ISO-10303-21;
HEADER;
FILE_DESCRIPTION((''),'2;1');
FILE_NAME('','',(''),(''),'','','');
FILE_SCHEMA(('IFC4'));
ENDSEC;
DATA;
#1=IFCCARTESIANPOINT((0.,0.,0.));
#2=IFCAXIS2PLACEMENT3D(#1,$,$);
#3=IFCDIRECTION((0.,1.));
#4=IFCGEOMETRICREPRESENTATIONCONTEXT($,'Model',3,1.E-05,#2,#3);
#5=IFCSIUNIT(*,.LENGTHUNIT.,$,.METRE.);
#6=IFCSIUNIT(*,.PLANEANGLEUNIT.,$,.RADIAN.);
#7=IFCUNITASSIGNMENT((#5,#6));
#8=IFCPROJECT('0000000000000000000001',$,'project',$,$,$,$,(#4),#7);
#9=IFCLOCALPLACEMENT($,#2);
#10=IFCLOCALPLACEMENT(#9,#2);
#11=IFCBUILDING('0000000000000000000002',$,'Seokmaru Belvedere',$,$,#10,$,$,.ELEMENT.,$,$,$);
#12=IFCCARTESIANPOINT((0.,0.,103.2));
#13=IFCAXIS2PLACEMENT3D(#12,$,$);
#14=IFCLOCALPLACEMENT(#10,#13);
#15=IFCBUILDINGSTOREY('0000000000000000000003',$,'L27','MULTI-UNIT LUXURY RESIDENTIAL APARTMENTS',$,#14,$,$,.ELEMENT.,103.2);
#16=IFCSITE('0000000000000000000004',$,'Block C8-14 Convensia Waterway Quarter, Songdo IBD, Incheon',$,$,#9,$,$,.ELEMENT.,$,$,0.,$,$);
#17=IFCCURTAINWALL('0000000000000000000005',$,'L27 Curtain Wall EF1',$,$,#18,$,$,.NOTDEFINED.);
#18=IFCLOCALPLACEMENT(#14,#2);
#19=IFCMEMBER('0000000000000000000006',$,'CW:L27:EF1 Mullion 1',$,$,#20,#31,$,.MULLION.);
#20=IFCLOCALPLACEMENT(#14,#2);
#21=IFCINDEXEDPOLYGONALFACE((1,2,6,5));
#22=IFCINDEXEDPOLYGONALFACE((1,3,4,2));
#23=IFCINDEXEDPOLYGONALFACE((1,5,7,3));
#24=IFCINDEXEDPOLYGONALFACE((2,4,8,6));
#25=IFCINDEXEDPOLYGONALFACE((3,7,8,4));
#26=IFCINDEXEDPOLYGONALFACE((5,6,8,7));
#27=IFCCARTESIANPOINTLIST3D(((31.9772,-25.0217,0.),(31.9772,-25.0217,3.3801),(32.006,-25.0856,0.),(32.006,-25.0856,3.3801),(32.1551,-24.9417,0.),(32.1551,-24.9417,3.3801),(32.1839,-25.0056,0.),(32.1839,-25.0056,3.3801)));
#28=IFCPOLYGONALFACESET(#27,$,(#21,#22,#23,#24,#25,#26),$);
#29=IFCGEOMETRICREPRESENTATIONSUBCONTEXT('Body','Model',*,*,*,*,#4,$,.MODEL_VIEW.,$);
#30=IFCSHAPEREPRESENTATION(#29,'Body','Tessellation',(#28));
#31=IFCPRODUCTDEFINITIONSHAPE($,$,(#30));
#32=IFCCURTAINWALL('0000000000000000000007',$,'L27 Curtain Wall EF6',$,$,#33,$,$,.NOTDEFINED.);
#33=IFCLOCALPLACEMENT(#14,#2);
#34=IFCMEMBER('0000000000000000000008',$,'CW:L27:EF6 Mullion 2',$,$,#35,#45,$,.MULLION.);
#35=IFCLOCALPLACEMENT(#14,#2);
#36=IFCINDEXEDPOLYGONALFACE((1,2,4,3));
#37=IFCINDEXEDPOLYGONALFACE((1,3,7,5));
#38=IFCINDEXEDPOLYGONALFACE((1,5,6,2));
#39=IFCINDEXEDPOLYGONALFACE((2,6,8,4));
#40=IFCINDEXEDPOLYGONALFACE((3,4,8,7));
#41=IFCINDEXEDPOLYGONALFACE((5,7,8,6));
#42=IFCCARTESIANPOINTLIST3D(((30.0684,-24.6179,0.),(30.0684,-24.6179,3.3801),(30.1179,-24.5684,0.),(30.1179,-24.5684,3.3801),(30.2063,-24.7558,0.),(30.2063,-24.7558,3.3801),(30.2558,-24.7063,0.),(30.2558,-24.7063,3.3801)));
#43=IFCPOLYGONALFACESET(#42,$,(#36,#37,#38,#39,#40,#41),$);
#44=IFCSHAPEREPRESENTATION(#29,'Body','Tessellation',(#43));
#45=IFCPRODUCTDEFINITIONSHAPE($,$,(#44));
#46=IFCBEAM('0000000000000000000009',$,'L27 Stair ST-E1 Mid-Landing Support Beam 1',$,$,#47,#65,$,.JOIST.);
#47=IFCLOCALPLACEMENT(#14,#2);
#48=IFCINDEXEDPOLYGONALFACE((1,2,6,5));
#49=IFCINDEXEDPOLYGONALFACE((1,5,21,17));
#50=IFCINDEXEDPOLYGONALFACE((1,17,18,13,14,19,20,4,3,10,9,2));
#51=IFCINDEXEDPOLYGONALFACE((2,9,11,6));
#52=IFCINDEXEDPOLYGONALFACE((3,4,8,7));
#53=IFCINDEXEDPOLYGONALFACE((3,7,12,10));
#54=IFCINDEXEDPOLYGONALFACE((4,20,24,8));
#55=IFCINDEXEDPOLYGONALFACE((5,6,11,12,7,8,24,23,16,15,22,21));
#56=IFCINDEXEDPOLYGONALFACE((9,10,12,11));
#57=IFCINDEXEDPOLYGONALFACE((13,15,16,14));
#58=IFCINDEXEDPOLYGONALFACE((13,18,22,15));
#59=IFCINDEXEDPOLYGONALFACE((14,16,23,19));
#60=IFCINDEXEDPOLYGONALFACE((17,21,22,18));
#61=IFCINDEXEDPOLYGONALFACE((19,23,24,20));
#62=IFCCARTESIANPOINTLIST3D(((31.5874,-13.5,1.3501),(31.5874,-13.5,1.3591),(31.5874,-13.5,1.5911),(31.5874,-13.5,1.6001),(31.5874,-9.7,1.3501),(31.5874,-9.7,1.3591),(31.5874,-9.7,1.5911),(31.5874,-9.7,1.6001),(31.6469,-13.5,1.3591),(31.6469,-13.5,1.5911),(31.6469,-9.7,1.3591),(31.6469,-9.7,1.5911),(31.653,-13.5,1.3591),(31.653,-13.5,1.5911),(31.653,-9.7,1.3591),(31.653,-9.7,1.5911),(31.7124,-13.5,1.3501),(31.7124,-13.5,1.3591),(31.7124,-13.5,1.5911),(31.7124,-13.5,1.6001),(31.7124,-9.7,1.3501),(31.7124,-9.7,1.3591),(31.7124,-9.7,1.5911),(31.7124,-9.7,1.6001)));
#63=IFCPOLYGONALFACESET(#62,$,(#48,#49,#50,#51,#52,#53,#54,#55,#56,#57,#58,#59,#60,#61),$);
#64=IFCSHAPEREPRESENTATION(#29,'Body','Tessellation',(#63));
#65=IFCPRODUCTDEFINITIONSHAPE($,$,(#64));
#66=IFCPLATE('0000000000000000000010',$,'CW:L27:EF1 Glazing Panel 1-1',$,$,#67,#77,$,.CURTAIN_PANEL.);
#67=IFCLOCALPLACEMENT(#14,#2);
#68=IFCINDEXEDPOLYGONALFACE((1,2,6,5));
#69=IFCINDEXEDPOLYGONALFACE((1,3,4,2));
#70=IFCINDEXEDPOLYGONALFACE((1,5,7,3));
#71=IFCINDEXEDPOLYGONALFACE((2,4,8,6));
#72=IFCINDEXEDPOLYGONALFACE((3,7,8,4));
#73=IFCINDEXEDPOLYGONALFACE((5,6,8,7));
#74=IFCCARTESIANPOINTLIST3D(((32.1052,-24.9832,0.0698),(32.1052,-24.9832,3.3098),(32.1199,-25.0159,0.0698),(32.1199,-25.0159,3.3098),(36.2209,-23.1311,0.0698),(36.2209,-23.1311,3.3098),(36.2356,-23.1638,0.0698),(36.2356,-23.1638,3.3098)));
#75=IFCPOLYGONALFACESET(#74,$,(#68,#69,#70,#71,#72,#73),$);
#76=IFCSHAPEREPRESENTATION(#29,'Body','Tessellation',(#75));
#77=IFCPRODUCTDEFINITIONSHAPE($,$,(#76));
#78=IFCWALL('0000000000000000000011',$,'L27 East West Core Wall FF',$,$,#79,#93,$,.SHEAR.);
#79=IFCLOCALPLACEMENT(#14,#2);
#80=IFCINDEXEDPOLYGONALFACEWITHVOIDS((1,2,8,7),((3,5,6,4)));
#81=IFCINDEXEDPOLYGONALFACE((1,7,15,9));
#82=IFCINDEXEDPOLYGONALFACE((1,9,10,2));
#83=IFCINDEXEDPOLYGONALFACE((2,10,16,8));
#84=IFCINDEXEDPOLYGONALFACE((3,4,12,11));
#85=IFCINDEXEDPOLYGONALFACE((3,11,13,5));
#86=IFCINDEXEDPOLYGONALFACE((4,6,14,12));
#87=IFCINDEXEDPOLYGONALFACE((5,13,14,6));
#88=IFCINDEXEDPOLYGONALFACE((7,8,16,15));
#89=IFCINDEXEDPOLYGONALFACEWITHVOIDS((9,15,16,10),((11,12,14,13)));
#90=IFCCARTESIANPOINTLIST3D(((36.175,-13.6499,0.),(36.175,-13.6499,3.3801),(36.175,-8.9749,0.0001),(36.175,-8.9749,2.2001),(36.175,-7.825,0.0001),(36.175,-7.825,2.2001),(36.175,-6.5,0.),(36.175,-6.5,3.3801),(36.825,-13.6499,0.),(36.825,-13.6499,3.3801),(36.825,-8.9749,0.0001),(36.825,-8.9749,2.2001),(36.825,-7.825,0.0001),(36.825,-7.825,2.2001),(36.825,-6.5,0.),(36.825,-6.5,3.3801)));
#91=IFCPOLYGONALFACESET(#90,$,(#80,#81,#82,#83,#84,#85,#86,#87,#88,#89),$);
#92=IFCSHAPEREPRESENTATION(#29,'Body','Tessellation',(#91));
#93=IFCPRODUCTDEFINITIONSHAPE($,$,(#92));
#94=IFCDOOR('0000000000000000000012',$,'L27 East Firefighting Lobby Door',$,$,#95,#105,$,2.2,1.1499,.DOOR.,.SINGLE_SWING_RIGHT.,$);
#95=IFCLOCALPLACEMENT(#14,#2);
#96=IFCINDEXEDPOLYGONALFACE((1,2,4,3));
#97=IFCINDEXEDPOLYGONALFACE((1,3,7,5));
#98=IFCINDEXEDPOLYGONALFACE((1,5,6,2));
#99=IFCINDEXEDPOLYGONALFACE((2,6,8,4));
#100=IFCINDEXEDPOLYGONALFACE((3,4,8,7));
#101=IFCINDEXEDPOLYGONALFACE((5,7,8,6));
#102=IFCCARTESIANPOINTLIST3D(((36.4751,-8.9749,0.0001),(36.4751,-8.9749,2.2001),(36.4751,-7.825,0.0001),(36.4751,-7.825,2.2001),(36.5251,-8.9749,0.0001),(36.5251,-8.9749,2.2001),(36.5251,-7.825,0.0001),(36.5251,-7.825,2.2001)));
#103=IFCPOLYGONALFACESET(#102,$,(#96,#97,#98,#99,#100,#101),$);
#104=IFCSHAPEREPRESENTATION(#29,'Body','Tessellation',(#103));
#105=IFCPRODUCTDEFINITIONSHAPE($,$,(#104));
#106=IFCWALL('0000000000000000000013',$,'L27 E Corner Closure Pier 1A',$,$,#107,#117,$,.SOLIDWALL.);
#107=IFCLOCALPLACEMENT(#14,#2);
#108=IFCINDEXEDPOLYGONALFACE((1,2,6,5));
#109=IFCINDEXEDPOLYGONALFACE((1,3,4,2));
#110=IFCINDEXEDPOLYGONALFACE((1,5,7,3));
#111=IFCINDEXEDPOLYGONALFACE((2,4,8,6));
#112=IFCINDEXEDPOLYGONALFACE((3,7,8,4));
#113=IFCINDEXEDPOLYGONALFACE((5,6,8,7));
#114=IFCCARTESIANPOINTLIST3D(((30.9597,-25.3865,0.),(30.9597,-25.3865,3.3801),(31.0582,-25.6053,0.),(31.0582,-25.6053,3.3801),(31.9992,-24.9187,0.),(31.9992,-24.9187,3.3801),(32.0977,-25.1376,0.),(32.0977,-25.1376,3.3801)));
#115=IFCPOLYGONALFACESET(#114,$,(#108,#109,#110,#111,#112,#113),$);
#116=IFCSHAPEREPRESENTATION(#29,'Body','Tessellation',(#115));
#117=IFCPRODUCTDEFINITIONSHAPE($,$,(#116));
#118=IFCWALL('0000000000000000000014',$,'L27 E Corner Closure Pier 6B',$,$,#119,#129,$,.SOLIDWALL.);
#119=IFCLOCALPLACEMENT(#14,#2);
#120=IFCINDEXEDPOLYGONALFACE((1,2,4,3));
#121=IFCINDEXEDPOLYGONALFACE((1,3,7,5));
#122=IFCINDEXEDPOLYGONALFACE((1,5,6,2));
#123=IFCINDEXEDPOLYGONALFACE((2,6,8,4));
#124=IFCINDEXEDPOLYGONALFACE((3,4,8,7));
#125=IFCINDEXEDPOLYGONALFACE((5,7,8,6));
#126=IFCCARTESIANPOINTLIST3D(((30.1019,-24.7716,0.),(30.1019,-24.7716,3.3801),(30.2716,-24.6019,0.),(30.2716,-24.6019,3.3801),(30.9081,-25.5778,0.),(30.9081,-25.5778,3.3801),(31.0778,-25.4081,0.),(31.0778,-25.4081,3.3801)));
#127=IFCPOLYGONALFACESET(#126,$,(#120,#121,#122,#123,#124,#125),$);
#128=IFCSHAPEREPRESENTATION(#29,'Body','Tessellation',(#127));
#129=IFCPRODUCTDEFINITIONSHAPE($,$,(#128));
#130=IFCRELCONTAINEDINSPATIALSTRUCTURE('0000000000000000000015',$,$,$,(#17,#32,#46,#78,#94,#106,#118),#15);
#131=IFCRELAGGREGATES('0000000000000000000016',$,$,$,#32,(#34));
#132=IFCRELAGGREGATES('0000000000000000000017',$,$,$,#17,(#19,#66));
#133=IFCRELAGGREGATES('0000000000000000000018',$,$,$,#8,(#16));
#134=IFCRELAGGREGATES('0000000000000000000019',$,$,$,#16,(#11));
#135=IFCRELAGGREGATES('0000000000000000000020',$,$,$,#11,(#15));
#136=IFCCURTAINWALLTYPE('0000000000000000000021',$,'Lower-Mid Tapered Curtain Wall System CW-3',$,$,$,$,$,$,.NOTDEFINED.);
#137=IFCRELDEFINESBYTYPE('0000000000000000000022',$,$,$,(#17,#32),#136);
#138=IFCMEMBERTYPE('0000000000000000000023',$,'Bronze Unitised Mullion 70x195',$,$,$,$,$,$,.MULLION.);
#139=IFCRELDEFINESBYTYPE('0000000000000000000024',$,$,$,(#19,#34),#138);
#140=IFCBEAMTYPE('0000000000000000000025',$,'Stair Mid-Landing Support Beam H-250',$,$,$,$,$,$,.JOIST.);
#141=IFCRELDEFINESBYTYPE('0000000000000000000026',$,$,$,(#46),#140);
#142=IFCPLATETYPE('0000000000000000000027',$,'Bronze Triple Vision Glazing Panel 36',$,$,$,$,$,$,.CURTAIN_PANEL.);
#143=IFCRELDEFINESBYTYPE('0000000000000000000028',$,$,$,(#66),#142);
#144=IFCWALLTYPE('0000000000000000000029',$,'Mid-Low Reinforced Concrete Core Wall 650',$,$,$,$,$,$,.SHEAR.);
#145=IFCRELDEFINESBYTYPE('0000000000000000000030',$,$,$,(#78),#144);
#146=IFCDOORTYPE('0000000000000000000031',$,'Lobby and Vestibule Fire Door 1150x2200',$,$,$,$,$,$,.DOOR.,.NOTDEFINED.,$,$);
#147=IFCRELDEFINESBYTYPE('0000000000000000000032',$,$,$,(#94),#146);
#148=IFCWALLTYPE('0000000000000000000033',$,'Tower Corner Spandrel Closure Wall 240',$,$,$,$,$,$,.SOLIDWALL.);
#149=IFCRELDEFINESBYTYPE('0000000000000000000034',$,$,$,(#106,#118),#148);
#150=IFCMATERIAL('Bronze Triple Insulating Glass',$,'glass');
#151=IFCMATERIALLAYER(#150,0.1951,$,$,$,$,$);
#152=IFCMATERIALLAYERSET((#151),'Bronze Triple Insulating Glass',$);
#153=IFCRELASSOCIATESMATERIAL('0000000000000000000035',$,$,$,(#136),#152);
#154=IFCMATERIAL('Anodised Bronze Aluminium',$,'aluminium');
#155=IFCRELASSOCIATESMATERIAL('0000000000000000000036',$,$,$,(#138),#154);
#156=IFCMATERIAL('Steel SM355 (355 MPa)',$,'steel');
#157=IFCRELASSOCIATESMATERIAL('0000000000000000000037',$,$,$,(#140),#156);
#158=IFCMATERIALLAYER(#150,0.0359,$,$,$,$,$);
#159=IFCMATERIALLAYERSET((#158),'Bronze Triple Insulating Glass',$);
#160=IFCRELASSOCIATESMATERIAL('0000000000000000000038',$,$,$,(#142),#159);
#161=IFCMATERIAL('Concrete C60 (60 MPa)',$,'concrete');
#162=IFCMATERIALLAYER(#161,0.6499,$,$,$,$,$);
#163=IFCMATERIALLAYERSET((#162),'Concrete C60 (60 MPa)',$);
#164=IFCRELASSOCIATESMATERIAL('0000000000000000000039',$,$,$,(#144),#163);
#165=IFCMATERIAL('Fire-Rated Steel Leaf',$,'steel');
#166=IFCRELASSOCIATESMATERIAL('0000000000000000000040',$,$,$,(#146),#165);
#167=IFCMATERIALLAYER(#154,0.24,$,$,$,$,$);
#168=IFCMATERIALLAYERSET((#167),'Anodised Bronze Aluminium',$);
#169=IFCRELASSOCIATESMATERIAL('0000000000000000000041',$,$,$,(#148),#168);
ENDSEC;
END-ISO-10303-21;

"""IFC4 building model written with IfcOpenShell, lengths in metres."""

from ifc_helpers import new_model, si_unit, direction, frame, frame_2d, origin, origin_2d, place, context, subcontext, project, spatial, rectangle, i_section, extrude, source, transform, mapped, material, layer, layer_set, material_profile, profile_set, type_object, type_shapes, element, fill, aggregate, save


model = new_model("IFC4")

# Units and contexts
model_context = context("Model", 3, precision=1e-05, world=origin(), true_north=direction((0.0, 1.0)))
body_context = subcontext(model_context, "Body", "Model", "MODEL_VIEW")
ifc_project = project(units=[si_unit("LENGTHUNIT", "METRE"), si_unit("PLANEANGLEUNIT", "RADIAN")], contexts=[model_context])

# Site, building, storey
site_placement = place(None, origin())
site = spatial("IfcSite", under=ifc_project, at=site_placement, Name="Block C8-14 Convensia Waterway Quarter, Songdo IBD, Incheon", CompositionType="ELEMENT", RefElevation=0.0)
building_placement = place(site_placement, origin())
building = spatial("IfcBuilding", under=site, at=building_placement, Name="Seokmaru Belvedere", CompositionType="ELEMENT")
storey_placement = place(building_placement, frame((0.0, 0.0, 103.2)))
storey = spatial("IfcBuildingStorey", under=building, at=storey_placement, Name="L27", Description="MULTI-UNIT LUXURY RESIDENTIAL APARTMENTS", CompositionType="ELEMENT", Elevation=103.2)

# Shared definitions
ifc_material_1 = material(Name="Steel SM355 (355 MPa)", Category="steel")

# Curtain wall, member
ifc_material_2 = material(Name="Bronze Triple Insulating Glass", Category="glass")
ifc_layer_1 = layer(ifc_material_2, 0.1951)
ifc_layer_set_1 = layer_set([ifc_layer_1], Name="Bronze Triple Insulating Glass")
curtain_wall_type = type_object("IfcCurtainWallType", Name="Lower-Mid Tapered Curtain Wall System CW-3", PredefinedType="NOTDEFINED", material=ifc_layer_set_1)
curtain_wall_1_placement = place(storey_placement, origin())
curtain_wall_1 = element("IfcCurtainWall", 1, at=curtain_wall_1_placement, inside=storey, type_object=curtain_wall_type, Name="L27 Curtain Wall EF1", PredefinedType="NOTDEFINED")
ifc_material_3 = material(Name="Anodised Bronze Aluminium", Category="aluminium")
ifc_material_profile_1 = material_profile(ifc_material_3, rectangle(XDim=0.0701, YDim=0.1951, at=origin_2d()), Name="CW-M-70x195")
ifc_profile_set_1 = profile_set([ifc_material_profile_1], Name="Anodised Bronze Aluminium")
member_type_1 = type_object("IfcMemberType", Name="Bronze Unitised Mullion 70x195", PredefinedType="MULLION", material=ifc_profile_set_1)
shared_shape_1 = source(origin(), body_context, "Body", "SweptSolid", [
    extrude(rectangle(XDim=0.0701, YDim=0.1951, at=origin_2d()), origin(), (0.0, 0.0, 1.0), 3.3801),
])
member_1_placement = place(storey_placement, frame((32.0806, -25.0137, 0.0), z_axis=(0.0, 0.0, 1.0), x_axis=(-0.410366, 0.911921, 0.0)))
member_1 = element("IfcMember", 2, at=member_1_placement, type_object=member_type_1, Name="CW:L27:EF1 Mullion 1", PredefinedType="MULLION", context=body_context, shape_type="MappedRepresentation", body=[
    mapped(shared_shape_1, transform((0.0, 0.0, 0.0), scale=1.0)),
])

# Curtain wall, member
curtain_wall_2_placement = place(storey_placement, origin())
curtain_wall_2 = element("IfcCurtainWall", 3, at=curtain_wall_2_placement, inside=storey, type_object=curtain_wall_type, Name="L27 Curtain Wall EF6", PredefinedType="NOTDEFINED")
member_2_placement = place(storey_placement, frame((30.1621, -24.6621, 0.0), z_axis=(0.0, 0.0, 1.0), x_axis=(0.707107, 0.707107, 0.0)))
member_2 = element("IfcMember", 4, at=member_2_placement, type_object=member_type_1, Name="CW:L27:EF6 Mullion 2", PredefinedType="MULLION", context=body_context, shape_type="MappedRepresentation", body=[
    mapped(shared_shape_1, transform((0.0, 0.0, 0.0), scale=1.0)),
])
aggregate(curtain_wall_2, [member_2])

# Beam
ifc_material_profile_2 = material_profile(ifc_material_1, i_section(OverallWidth=0.125, OverallDepth=0.25, WebThickness=0.0061, FlangeThickness=0.009, at=origin_2d()), Name="H-250x125x6x9")
ifc_profile_set_2 = profile_set([ifc_material_profile_2], Name="Steel SM355 (355 MPa)")
beam_type_1 = type_object("IfcBeamType", Name="Stair Mid-Landing Support Beam H-250", PredefinedType="JOIST", material=ifc_profile_set_2)
shared_shape_2 = source(origin(), body_context, "Body", "SweptSolid", [
    extrude(i_section(OverallWidth=0.125, OverallDepth=0.25, WebThickness=0.0061, FlangeThickness=0.009, at=origin_2d()), origin(), (0.0, 0.0, 1.0), 3.8),
])
type_shapes(beam_type_1, [shared_shape_2])
beam_1_placement = place(storey_placement, frame((31.6499, -13.5, 1.4751), z_axis=(0.0, 1.0, 0.0), x_axis=(-1.0, 0.0, 0.0)))
element("IfcBeam", 5, at=beam_1_placement, inside=storey, type_object=beam_type_1, Name="L27 Stair ST-E1 Mid-Landing Support Beam 1", PredefinedType="JOIST", context=body_context, shape_type="MappedRepresentation", body=[
    mapped(shared_shape_2, transform((0.0, 0.0, 0.0), scale=1.0)),
])

# Plate
ifc_layer_2 = layer(ifc_material_2, 0.0359)
ifc_layer_set_2 = layer_set([ifc_layer_2], Name="Bronze Triple Insulating Glass")
plate_type = type_object("IfcPlateType", Name="Bronze Triple Vision Glazing Panel 36", PredefinedType="CURTAIN_PANEL", material=ifc_layer_set_2)
shared_shape_3 = source(origin(), body_context, "Body", "SweptSolid", [
    extrude(rectangle(XDim=4.5132, YDim=0.0359, at=origin_2d()), origin(), (0.0, 0.0, 1.0), 3.24),
])
type_shapes(plate_type, [shared_shape_3])
plate_placement = place(storey_placement, frame((34.1704, -24.0735, 0.0698), z_axis=(0.0, 0.0, 1.0), x_axis=(0.911921, 0.410366, 0.0)))
plate = element("IfcPlate", 6, at=plate_placement, type_object=plate_type, Name="CW:L27:EF1 Glazing Panel 1-1", PredefinedType="CURTAIN_PANEL", context=body_context, shape_type="MappedRepresentation", body=[
    mapped(shared_shape_3, transform((0.0, 0.0, 0.0), scale=1.0)),
])
aggregate(curtain_wall_1, [member_1, plate])

# Wall, opening, door
ifc_material_4 = material(Name="Concrete C60 (60 MPa)", Category="concrete")
ifc_layer_3 = layer(ifc_material_4, 0.6499)
ifc_layer_set_3 = layer_set([ifc_layer_3], Name="Concrete C60 (60 MPa)")
wall_type_1 = type_object("IfcWallType", Name="Mid-Low Reinforced Concrete Core Wall 650", PredefinedType="SHEAR", material=ifc_layer_set_3)
wall_1_placement = place(storey_placement, frame((36.5, -13.6499, 0.0), z_axis=(0.0, 0.0, 1.0), x_axis=(0.0, 1.0, 0.0)))
wall_1 = element("IfcWall", 7, at=wall_1_placement, inside=storey, type_object=wall_type_1, Name="L27 East West Core Wall FF", PredefinedType="SHEAR", context=body_context, shape_type="SweptSolid", body=[
    extrude(rectangle(XDim=7.1499, YDim=0.6499, at=frame_2d((3.575, 0.0))), origin(), (0.0, 0.0, 1.0), 3.3801),
])
opening_placement = place(wall_1_placement, frame((4.675, 0.0, 0.0)))
opening = element("IfcOpeningElement", 8, at=opening_placement, cuts=wall_1, PredefinedType="OPENING", context=body_context, shape_type="SweptSolid", body=[
    extrude(rectangle(XDim=1.1499, YDim=2.2, at=frame_2d((0.575, 1.1001))), frame((0.0, 0.335, 0.0), z_axis=(0.0, -1.0, 0.0), x_axis=(1.0, 0.0, 0.0)), (0.0, 0.0, 1.0), 0.6699),
])
ifc_material_5 = material(Name="Fire-Rated Steel Leaf", Category="steel")
door_type = type_object("IfcDoorType", Name="Lobby and Vestibule Fire Door 1150x2200", OperationType="NOTDEFINED", PredefinedType="DOOR", material=ifc_material_5)
shared_shape_4 = source(origin(), body_context, "Body", "SweptSolid", [
    extrude(rectangle(XDim=1.1499, YDim=2.2, at=frame_2d((0.575, 1.1001))), frame((0.0, 0.0249, 0.0), z_axis=(0.0, -1.0, 0.0), x_axis=(1.0, 0.0, 0.0)), (0.0, 0.0, 1.0), 0.05),
])
type_shapes(door_type, [shared_shape_4])
door_placement = place(opening_placement, origin())
door = element("IfcDoor", 9, at=door_placement, inside=storey, type_object=door_type, Name="L27 East Firefighting Lobby Door", OperationType="SINGLE_SWING_RIGHT", OverallHeight=2.2, OverallWidth=1.1499, PredefinedType="DOOR", context=body_context, shape_type="MappedRepresentation", body=[
    mapped(shared_shape_4, transform((0.0, 0.0, 0.0), scale=1.0)),
])
fill(opening, door)

# Walls
ifc_layer_4 = layer(ifc_material_3, 0.24)
ifc_layer_set_4 = layer_set([ifc_layer_4], Name="Anodised Bronze Aluminium")
wall_type_2 = type_object("IfcWallType", Name="Tower Corner Spandrel Closure Wall 240", PredefinedType="SOLIDWALL", material=ifc_layer_set_4)
wall_2_placement = place(storey_placement, frame((31.009, -25.4958, 0.0), z_axis=(0.0, 0.0, 1.0), x_axis=(0.91193, 0.410347, 0.0)))
element("IfcWall", 10, at=wall_2_placement, inside=storey, type_object=wall_type_2, Name="L27 E Corner Closure Pier 1A", PredefinedType="SOLIDWALL", context=body_context, shape_type="SweptSolid", body=[
    extrude(rectangle(XDim=1.1399, YDim=0.24, at=frame_2d((0.5698, 0.0))), origin(), (0.0, 0.0, 1.0), 3.3801),
])
wall_3_placement = place(storey_placement, frame((30.1868, -24.6868, 0.0), z_axis=(0.0, 0.0, 1.0), x_axis=(0.707107, -0.707107, 0.0)))
element("IfcWall", 11, at=wall_3_placement, inside=storey, type_object=wall_type_2, Name="L27 E Corner Closure Pier 6B", PredefinedType="SOLIDWALL", context=body_context, shape_type="SweptSolid", body=[
    extrude(rectangle(XDim=1.1401, YDim=0.24, at=frame_2d((0.5701, 0.0))), origin(), (0.0, 0.0, 1.0), 3.3801),
])

save(model, "model.ifc")
